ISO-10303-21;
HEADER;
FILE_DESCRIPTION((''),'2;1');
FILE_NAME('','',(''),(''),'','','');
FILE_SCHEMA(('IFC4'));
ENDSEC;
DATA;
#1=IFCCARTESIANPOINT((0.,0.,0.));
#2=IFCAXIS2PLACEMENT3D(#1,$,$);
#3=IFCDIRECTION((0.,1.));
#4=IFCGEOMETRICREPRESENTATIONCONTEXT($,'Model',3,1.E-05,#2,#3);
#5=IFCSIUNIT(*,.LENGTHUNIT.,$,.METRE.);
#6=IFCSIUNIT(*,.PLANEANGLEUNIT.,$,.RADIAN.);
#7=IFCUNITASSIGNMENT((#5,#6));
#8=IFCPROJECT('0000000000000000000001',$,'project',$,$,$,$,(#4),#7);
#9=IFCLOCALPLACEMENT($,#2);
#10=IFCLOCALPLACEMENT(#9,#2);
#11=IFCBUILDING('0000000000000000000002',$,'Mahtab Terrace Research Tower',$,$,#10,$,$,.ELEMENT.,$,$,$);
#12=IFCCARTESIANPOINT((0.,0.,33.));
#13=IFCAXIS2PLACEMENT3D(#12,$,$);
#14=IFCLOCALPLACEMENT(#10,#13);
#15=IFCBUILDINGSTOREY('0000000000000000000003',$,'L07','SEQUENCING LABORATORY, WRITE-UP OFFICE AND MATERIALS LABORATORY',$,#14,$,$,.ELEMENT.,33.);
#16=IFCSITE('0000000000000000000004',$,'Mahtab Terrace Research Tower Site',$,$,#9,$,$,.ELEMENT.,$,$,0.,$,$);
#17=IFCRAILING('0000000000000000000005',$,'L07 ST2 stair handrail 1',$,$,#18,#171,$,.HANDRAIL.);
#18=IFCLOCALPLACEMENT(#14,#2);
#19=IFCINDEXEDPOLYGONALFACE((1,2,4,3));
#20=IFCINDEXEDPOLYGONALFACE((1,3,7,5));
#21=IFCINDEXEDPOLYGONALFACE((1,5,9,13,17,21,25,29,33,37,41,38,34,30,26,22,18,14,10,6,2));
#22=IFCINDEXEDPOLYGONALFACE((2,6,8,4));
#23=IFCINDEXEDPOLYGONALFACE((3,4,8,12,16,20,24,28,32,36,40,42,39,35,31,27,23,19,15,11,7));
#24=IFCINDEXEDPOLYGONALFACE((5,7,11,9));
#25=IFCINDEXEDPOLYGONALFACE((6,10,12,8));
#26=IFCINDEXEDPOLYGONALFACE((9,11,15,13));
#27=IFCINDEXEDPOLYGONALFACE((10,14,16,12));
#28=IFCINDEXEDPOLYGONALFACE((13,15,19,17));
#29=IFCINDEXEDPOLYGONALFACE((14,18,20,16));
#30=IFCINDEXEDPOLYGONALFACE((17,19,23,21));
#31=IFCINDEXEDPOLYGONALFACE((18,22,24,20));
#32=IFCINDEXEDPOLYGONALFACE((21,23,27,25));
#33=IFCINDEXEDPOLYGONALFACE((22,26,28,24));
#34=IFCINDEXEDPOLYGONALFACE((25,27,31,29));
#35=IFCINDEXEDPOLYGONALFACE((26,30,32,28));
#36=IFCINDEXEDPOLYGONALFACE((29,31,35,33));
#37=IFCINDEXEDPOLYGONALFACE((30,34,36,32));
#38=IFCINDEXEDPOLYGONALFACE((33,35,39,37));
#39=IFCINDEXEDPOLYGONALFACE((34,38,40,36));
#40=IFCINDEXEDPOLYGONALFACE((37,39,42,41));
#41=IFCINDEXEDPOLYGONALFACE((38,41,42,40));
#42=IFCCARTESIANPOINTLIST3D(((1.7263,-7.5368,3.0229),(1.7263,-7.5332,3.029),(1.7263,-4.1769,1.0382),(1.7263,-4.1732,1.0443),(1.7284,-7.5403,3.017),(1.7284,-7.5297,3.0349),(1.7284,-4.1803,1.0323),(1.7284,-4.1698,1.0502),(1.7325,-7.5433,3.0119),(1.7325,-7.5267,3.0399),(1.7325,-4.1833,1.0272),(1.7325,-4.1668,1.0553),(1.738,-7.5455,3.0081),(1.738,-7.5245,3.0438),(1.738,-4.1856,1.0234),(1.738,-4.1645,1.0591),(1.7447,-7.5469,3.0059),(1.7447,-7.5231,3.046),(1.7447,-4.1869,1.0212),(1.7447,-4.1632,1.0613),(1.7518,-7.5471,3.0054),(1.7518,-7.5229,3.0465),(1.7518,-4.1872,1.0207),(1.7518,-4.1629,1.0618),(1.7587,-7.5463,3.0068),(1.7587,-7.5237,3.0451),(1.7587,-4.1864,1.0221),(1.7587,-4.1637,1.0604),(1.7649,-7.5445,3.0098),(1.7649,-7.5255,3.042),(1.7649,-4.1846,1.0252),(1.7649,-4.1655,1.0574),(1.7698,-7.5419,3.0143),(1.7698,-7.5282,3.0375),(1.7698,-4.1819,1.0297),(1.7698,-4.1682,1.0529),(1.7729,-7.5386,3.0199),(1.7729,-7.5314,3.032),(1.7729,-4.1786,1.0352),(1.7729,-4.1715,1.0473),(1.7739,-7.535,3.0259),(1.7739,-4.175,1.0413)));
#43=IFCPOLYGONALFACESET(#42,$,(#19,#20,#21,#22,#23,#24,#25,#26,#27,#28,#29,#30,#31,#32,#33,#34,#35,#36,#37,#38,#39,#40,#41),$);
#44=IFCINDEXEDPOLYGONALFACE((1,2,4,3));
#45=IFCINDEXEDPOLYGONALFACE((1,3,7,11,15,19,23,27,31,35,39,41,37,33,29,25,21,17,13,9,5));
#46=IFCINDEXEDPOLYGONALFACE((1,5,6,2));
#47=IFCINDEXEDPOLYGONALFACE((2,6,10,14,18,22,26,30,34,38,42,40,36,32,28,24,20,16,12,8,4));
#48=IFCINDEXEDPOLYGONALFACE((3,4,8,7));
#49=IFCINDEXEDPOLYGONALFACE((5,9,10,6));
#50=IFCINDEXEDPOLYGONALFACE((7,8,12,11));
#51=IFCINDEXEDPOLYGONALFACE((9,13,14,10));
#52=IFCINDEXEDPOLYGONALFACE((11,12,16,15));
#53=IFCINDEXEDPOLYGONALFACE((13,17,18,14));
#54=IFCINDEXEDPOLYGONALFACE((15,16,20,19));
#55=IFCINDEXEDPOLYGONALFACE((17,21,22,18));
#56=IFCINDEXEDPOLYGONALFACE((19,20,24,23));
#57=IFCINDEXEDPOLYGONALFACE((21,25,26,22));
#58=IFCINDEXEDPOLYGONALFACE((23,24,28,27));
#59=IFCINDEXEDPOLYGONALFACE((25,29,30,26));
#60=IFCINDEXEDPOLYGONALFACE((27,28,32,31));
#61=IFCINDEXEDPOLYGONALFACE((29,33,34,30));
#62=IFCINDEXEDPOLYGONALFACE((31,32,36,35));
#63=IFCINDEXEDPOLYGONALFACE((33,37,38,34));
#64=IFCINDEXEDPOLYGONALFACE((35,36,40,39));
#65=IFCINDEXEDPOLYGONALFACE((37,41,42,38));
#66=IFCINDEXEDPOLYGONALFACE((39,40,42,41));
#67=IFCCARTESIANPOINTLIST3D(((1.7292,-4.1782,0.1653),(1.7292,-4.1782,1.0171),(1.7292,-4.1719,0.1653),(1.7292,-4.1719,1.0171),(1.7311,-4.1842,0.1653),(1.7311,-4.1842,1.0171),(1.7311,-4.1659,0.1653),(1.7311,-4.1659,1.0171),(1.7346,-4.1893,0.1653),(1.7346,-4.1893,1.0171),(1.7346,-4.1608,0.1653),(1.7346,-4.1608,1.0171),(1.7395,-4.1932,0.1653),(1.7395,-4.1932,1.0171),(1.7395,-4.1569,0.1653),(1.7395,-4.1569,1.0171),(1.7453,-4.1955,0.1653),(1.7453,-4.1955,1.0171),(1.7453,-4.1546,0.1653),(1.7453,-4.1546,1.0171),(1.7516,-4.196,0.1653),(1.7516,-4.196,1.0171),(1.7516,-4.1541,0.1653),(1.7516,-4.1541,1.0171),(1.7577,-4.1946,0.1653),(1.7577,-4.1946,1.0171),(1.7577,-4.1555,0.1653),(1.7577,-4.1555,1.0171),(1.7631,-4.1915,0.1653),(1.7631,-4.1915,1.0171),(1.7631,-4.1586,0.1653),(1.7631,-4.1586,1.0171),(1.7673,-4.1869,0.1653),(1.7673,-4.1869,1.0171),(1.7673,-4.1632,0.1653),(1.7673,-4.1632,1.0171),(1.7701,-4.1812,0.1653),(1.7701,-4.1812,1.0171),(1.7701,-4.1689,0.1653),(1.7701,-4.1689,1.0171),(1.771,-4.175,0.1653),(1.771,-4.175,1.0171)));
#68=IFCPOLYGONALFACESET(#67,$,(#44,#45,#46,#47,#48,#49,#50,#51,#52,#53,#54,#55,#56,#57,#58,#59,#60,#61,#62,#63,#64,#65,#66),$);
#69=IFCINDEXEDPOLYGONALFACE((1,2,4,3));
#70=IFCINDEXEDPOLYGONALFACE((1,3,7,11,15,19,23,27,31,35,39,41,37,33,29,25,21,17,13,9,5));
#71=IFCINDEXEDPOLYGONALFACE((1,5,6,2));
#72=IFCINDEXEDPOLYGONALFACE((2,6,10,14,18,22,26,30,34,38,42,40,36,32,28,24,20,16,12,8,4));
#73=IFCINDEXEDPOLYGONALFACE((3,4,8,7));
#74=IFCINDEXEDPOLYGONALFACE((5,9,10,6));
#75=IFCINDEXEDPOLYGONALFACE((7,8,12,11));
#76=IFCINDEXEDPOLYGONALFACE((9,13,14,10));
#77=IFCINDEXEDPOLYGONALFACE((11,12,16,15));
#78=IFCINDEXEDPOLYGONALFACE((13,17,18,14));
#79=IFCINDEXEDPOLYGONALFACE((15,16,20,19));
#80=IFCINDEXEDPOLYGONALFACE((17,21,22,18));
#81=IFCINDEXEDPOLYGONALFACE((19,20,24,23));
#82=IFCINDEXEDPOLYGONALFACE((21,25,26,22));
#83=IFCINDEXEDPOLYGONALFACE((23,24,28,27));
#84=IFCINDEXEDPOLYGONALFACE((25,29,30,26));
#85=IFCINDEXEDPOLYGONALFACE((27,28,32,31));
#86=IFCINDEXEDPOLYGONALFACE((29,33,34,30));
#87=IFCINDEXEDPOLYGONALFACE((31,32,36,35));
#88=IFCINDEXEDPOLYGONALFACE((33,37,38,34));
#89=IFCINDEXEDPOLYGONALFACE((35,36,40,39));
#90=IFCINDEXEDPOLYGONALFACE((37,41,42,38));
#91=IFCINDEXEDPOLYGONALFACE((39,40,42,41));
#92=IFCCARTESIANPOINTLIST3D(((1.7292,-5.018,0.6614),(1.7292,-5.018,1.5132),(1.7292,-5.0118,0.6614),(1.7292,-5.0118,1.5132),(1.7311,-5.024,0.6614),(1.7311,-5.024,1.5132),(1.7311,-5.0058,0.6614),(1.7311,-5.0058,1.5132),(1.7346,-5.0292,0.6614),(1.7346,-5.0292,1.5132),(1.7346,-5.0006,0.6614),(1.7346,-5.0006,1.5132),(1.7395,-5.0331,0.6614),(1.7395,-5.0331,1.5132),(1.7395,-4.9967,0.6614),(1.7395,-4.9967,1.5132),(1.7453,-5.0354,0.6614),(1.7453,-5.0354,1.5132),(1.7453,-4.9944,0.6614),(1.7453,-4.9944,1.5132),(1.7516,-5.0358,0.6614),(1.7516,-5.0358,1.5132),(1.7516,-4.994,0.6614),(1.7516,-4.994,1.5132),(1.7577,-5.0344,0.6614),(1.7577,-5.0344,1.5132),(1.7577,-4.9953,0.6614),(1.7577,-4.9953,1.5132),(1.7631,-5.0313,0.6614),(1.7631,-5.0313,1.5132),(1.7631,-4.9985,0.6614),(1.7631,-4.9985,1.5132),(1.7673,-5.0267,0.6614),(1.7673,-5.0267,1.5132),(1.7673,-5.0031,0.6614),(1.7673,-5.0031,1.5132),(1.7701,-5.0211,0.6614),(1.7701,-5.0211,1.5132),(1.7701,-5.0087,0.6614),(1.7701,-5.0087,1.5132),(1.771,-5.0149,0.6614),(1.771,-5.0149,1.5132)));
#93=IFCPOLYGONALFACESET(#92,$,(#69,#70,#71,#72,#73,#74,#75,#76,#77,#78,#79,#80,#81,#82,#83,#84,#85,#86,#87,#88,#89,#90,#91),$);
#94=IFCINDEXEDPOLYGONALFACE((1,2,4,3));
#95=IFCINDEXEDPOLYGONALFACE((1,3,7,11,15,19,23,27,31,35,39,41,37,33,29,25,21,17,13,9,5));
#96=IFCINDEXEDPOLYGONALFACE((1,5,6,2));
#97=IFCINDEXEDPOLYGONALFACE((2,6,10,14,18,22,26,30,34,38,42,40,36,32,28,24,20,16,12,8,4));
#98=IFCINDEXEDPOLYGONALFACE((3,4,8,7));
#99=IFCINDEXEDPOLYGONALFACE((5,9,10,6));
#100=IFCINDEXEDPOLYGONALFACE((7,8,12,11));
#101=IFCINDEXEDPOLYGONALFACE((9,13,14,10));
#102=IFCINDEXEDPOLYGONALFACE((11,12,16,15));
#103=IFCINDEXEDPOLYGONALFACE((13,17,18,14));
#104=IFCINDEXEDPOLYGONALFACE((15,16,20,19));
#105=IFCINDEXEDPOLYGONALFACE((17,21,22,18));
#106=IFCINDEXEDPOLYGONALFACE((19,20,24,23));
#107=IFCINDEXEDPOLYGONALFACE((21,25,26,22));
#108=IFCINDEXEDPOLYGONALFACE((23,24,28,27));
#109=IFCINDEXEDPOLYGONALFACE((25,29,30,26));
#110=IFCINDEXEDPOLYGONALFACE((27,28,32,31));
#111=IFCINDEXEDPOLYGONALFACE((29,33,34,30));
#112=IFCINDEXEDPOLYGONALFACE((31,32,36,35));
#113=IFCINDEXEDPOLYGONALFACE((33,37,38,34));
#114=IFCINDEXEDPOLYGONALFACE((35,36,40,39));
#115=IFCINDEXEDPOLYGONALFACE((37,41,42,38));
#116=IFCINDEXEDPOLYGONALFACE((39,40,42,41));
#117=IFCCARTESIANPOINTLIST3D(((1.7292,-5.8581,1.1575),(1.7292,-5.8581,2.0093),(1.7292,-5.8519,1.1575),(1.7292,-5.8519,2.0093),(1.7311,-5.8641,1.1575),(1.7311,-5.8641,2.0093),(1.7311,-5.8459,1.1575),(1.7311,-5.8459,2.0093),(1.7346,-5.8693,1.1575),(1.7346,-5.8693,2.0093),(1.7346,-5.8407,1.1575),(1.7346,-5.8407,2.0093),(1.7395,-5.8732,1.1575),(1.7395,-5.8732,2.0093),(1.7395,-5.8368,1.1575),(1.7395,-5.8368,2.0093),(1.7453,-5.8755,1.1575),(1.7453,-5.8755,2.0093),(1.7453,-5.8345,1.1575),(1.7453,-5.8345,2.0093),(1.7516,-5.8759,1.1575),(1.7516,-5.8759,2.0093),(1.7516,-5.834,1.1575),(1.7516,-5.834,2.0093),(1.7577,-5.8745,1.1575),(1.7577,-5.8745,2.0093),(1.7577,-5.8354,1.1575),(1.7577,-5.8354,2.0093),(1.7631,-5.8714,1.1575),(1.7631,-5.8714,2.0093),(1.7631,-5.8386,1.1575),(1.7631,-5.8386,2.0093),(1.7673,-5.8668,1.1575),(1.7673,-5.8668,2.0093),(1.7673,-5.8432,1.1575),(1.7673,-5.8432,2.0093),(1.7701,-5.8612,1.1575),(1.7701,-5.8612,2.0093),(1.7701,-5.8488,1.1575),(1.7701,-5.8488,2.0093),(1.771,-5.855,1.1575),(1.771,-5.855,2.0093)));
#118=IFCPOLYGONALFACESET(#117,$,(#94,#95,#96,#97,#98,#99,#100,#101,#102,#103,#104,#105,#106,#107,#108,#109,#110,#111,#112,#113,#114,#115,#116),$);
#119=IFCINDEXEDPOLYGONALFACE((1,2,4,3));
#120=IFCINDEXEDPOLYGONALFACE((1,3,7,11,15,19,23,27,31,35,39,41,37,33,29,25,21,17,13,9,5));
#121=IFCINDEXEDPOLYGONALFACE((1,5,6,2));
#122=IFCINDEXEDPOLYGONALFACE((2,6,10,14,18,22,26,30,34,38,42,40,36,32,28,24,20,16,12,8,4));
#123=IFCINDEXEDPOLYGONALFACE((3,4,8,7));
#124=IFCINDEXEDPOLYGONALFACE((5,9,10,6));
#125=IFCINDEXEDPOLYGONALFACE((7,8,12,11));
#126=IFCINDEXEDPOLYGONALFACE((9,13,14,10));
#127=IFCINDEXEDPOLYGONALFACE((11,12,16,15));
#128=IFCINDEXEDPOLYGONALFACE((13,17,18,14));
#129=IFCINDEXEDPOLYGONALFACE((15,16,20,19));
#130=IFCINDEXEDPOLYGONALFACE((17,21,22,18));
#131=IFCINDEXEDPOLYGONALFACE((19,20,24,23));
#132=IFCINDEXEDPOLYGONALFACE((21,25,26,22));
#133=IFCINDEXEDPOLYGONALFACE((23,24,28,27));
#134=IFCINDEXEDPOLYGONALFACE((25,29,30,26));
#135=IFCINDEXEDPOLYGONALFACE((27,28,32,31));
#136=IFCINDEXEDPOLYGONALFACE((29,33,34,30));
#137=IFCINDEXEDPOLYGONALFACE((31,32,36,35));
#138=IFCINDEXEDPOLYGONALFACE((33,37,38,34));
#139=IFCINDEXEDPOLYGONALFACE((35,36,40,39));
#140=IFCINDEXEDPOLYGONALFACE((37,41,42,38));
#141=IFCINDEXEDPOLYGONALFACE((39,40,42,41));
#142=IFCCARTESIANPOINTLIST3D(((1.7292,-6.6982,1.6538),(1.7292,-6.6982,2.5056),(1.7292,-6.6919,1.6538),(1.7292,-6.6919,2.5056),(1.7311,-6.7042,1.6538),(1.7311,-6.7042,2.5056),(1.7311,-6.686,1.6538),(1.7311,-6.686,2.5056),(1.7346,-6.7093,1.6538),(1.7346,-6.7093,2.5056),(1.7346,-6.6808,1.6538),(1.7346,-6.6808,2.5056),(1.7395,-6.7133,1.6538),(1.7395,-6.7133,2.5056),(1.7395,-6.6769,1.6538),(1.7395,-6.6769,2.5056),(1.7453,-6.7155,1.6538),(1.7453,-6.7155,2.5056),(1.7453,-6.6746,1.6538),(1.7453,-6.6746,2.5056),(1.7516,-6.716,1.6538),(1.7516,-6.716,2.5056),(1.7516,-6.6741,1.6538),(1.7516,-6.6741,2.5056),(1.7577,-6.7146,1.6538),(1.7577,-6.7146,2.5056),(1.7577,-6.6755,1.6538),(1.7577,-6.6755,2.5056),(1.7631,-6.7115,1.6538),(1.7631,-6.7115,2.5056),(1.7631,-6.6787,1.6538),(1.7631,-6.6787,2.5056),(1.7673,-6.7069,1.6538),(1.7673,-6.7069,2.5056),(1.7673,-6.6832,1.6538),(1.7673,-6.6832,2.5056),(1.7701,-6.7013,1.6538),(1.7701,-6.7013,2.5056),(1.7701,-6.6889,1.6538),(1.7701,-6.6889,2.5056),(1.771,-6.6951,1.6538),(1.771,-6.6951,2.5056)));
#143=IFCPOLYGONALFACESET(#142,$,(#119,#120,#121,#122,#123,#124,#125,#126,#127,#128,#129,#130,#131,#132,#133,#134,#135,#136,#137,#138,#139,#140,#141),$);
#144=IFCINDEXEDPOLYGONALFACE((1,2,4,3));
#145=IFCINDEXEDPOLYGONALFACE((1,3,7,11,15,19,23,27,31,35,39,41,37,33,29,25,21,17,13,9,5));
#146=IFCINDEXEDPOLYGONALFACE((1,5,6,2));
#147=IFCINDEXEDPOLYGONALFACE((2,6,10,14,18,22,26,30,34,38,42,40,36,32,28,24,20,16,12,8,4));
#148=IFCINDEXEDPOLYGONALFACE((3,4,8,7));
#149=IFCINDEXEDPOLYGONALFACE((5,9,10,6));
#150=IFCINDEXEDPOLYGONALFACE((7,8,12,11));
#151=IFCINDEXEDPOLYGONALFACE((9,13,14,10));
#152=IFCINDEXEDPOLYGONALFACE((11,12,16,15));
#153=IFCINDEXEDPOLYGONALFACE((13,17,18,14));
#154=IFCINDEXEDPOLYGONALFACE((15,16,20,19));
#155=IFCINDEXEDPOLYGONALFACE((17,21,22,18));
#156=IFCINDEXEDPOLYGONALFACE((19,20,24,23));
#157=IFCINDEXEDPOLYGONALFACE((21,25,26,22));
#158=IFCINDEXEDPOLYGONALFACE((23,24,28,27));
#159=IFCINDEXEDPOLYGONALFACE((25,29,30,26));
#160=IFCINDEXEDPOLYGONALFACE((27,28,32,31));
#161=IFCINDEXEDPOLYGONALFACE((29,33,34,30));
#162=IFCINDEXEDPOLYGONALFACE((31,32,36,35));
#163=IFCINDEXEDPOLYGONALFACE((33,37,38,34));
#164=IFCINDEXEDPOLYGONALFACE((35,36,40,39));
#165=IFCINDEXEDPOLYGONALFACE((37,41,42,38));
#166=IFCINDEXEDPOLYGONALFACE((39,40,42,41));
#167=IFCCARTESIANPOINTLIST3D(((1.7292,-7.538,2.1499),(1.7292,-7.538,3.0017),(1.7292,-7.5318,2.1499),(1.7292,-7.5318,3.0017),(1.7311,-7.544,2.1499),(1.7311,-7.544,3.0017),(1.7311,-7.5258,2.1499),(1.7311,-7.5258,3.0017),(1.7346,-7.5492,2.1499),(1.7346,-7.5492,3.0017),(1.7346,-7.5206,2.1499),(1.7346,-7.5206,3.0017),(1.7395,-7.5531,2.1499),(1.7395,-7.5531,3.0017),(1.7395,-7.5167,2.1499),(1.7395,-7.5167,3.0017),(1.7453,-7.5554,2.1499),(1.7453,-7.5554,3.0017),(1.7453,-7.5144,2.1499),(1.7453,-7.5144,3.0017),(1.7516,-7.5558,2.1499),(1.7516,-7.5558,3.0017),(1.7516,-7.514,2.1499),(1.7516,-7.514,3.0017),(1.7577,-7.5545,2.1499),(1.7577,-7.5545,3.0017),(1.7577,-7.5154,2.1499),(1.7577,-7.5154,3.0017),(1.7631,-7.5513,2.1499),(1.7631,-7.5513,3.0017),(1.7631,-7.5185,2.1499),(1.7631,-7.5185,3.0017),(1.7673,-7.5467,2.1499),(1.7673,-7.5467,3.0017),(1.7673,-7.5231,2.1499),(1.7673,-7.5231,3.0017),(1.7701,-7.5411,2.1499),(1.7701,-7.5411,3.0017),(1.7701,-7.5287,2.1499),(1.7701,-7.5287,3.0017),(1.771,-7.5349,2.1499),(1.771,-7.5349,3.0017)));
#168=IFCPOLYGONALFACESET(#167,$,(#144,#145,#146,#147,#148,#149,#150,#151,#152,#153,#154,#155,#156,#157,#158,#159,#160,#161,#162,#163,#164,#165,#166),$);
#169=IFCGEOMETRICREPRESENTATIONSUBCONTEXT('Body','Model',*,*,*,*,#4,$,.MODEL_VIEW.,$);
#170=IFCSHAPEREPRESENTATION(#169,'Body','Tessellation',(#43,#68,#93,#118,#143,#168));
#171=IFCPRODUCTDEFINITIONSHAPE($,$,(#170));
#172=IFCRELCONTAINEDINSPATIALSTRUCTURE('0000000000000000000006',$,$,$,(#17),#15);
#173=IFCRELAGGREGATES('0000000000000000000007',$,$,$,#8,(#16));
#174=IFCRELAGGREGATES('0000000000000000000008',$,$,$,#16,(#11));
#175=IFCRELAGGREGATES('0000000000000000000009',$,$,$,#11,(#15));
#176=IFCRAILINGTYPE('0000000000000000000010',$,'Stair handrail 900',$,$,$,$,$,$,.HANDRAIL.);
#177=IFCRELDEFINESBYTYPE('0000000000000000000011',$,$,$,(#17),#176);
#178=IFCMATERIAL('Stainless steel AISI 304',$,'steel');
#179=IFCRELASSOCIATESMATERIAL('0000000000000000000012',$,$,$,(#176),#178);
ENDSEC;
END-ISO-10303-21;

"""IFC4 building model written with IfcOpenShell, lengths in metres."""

from ifc_helpers import new_model, si_unit, direction, frame, origin, origin_2d, place, context, subcontext, project, spatial, circle, extrude, material, type_object, element, save


model = new_model("IFC4")

# Units and contexts
model_context = context("Model", 3, precision=1e-05, world=origin(), true_north=direction((0.0, 1.0)))
body_context = subcontext(model_context, "Body", "Model", "MODEL_VIEW")
ifc_project = project(units=[si_unit("LENGTHUNIT", "METRE"), si_unit("PLANEANGLEUNIT", "RADIAN")], contexts=[model_context])

# Site, building, storey
site_placement = place(None, origin())
site = spatial("IfcSite", under=ifc_project, at=site_placement, Name="Mahtab Terrace Research Tower Site", CompositionType="ELEMENT", RefElevation=0.0)
building_placement = place(site_placement, origin())
building = spatial("IfcBuilding", under=site, at=building_placement, Name="Mahtab Terrace Research Tower", CompositionType="ELEMENT")
storey_placement = place(building_placement, frame((0.0, 0.0, 33.0)))
storey = spatial("IfcBuildingStorey", under=building, at=storey_placement, Name="L07", Description="SEQUENCING LABORATORY, WRITE-UP OFFICE AND MATERIALS LABORATORY", CompositionType="ELEMENT", Elevation=33.0)

# Railing
ifc_material_1 = material(Name="Stainless steel AISI 304", Category="steel")
railing_type_1 = type_object("IfcRailingType", Name="Stair handrail 900", PredefinedType="HANDRAIL", material=ifc_material_1)
railing_1_placement = place(storey_placement, frame((1.75, -4.175, 0.1653)))
element("IfcRailing", 1, at=railing_1_placement, inside=storey, type_object=railing_type_1, Name="L07 ST2 stair handrail 1", PredefinedType="HANDRAIL", context=body_context, shape_type="SweptSolid", body=[
    extrude(circle(Radius=0.0239, at=origin_2d()), frame((0.0, 0.0, 0.876), z_axis=(0.0, -0.861011, 0.508586), x_axis=(1.0, 0.0, 0.0)), (0.0, 0.0, 1.0), 3.9023),
    extrude(circle(Radius=0.021, at=origin_2d()), origin(), (0.0, 0.0, 1.0), 0.8518),
    extrude(circle(Radius=0.021, at=origin_2d()), frame((0.0, -0.8398, 0.4961)), (0.0, 0.0, 1.0), 0.8518),
    extrude(circle(Radius=0.021, at=origin_2d()), frame((0.0, -1.6799, 0.9922)), (0.0, 0.0, 1.0), 0.8518),
    extrude(circle(Radius=0.021, at=origin_2d()), frame((0.0, -2.52, 1.4885)), (0.0, 0.0, 1.0), 0.8518),
    extrude(circle(Radius=0.021, at=origin_2d()), frame((0.0, -3.3599, 1.9846)), (0.0, 0.0, 1.0), 0.8518),
])

save(model, "model.ifc")
